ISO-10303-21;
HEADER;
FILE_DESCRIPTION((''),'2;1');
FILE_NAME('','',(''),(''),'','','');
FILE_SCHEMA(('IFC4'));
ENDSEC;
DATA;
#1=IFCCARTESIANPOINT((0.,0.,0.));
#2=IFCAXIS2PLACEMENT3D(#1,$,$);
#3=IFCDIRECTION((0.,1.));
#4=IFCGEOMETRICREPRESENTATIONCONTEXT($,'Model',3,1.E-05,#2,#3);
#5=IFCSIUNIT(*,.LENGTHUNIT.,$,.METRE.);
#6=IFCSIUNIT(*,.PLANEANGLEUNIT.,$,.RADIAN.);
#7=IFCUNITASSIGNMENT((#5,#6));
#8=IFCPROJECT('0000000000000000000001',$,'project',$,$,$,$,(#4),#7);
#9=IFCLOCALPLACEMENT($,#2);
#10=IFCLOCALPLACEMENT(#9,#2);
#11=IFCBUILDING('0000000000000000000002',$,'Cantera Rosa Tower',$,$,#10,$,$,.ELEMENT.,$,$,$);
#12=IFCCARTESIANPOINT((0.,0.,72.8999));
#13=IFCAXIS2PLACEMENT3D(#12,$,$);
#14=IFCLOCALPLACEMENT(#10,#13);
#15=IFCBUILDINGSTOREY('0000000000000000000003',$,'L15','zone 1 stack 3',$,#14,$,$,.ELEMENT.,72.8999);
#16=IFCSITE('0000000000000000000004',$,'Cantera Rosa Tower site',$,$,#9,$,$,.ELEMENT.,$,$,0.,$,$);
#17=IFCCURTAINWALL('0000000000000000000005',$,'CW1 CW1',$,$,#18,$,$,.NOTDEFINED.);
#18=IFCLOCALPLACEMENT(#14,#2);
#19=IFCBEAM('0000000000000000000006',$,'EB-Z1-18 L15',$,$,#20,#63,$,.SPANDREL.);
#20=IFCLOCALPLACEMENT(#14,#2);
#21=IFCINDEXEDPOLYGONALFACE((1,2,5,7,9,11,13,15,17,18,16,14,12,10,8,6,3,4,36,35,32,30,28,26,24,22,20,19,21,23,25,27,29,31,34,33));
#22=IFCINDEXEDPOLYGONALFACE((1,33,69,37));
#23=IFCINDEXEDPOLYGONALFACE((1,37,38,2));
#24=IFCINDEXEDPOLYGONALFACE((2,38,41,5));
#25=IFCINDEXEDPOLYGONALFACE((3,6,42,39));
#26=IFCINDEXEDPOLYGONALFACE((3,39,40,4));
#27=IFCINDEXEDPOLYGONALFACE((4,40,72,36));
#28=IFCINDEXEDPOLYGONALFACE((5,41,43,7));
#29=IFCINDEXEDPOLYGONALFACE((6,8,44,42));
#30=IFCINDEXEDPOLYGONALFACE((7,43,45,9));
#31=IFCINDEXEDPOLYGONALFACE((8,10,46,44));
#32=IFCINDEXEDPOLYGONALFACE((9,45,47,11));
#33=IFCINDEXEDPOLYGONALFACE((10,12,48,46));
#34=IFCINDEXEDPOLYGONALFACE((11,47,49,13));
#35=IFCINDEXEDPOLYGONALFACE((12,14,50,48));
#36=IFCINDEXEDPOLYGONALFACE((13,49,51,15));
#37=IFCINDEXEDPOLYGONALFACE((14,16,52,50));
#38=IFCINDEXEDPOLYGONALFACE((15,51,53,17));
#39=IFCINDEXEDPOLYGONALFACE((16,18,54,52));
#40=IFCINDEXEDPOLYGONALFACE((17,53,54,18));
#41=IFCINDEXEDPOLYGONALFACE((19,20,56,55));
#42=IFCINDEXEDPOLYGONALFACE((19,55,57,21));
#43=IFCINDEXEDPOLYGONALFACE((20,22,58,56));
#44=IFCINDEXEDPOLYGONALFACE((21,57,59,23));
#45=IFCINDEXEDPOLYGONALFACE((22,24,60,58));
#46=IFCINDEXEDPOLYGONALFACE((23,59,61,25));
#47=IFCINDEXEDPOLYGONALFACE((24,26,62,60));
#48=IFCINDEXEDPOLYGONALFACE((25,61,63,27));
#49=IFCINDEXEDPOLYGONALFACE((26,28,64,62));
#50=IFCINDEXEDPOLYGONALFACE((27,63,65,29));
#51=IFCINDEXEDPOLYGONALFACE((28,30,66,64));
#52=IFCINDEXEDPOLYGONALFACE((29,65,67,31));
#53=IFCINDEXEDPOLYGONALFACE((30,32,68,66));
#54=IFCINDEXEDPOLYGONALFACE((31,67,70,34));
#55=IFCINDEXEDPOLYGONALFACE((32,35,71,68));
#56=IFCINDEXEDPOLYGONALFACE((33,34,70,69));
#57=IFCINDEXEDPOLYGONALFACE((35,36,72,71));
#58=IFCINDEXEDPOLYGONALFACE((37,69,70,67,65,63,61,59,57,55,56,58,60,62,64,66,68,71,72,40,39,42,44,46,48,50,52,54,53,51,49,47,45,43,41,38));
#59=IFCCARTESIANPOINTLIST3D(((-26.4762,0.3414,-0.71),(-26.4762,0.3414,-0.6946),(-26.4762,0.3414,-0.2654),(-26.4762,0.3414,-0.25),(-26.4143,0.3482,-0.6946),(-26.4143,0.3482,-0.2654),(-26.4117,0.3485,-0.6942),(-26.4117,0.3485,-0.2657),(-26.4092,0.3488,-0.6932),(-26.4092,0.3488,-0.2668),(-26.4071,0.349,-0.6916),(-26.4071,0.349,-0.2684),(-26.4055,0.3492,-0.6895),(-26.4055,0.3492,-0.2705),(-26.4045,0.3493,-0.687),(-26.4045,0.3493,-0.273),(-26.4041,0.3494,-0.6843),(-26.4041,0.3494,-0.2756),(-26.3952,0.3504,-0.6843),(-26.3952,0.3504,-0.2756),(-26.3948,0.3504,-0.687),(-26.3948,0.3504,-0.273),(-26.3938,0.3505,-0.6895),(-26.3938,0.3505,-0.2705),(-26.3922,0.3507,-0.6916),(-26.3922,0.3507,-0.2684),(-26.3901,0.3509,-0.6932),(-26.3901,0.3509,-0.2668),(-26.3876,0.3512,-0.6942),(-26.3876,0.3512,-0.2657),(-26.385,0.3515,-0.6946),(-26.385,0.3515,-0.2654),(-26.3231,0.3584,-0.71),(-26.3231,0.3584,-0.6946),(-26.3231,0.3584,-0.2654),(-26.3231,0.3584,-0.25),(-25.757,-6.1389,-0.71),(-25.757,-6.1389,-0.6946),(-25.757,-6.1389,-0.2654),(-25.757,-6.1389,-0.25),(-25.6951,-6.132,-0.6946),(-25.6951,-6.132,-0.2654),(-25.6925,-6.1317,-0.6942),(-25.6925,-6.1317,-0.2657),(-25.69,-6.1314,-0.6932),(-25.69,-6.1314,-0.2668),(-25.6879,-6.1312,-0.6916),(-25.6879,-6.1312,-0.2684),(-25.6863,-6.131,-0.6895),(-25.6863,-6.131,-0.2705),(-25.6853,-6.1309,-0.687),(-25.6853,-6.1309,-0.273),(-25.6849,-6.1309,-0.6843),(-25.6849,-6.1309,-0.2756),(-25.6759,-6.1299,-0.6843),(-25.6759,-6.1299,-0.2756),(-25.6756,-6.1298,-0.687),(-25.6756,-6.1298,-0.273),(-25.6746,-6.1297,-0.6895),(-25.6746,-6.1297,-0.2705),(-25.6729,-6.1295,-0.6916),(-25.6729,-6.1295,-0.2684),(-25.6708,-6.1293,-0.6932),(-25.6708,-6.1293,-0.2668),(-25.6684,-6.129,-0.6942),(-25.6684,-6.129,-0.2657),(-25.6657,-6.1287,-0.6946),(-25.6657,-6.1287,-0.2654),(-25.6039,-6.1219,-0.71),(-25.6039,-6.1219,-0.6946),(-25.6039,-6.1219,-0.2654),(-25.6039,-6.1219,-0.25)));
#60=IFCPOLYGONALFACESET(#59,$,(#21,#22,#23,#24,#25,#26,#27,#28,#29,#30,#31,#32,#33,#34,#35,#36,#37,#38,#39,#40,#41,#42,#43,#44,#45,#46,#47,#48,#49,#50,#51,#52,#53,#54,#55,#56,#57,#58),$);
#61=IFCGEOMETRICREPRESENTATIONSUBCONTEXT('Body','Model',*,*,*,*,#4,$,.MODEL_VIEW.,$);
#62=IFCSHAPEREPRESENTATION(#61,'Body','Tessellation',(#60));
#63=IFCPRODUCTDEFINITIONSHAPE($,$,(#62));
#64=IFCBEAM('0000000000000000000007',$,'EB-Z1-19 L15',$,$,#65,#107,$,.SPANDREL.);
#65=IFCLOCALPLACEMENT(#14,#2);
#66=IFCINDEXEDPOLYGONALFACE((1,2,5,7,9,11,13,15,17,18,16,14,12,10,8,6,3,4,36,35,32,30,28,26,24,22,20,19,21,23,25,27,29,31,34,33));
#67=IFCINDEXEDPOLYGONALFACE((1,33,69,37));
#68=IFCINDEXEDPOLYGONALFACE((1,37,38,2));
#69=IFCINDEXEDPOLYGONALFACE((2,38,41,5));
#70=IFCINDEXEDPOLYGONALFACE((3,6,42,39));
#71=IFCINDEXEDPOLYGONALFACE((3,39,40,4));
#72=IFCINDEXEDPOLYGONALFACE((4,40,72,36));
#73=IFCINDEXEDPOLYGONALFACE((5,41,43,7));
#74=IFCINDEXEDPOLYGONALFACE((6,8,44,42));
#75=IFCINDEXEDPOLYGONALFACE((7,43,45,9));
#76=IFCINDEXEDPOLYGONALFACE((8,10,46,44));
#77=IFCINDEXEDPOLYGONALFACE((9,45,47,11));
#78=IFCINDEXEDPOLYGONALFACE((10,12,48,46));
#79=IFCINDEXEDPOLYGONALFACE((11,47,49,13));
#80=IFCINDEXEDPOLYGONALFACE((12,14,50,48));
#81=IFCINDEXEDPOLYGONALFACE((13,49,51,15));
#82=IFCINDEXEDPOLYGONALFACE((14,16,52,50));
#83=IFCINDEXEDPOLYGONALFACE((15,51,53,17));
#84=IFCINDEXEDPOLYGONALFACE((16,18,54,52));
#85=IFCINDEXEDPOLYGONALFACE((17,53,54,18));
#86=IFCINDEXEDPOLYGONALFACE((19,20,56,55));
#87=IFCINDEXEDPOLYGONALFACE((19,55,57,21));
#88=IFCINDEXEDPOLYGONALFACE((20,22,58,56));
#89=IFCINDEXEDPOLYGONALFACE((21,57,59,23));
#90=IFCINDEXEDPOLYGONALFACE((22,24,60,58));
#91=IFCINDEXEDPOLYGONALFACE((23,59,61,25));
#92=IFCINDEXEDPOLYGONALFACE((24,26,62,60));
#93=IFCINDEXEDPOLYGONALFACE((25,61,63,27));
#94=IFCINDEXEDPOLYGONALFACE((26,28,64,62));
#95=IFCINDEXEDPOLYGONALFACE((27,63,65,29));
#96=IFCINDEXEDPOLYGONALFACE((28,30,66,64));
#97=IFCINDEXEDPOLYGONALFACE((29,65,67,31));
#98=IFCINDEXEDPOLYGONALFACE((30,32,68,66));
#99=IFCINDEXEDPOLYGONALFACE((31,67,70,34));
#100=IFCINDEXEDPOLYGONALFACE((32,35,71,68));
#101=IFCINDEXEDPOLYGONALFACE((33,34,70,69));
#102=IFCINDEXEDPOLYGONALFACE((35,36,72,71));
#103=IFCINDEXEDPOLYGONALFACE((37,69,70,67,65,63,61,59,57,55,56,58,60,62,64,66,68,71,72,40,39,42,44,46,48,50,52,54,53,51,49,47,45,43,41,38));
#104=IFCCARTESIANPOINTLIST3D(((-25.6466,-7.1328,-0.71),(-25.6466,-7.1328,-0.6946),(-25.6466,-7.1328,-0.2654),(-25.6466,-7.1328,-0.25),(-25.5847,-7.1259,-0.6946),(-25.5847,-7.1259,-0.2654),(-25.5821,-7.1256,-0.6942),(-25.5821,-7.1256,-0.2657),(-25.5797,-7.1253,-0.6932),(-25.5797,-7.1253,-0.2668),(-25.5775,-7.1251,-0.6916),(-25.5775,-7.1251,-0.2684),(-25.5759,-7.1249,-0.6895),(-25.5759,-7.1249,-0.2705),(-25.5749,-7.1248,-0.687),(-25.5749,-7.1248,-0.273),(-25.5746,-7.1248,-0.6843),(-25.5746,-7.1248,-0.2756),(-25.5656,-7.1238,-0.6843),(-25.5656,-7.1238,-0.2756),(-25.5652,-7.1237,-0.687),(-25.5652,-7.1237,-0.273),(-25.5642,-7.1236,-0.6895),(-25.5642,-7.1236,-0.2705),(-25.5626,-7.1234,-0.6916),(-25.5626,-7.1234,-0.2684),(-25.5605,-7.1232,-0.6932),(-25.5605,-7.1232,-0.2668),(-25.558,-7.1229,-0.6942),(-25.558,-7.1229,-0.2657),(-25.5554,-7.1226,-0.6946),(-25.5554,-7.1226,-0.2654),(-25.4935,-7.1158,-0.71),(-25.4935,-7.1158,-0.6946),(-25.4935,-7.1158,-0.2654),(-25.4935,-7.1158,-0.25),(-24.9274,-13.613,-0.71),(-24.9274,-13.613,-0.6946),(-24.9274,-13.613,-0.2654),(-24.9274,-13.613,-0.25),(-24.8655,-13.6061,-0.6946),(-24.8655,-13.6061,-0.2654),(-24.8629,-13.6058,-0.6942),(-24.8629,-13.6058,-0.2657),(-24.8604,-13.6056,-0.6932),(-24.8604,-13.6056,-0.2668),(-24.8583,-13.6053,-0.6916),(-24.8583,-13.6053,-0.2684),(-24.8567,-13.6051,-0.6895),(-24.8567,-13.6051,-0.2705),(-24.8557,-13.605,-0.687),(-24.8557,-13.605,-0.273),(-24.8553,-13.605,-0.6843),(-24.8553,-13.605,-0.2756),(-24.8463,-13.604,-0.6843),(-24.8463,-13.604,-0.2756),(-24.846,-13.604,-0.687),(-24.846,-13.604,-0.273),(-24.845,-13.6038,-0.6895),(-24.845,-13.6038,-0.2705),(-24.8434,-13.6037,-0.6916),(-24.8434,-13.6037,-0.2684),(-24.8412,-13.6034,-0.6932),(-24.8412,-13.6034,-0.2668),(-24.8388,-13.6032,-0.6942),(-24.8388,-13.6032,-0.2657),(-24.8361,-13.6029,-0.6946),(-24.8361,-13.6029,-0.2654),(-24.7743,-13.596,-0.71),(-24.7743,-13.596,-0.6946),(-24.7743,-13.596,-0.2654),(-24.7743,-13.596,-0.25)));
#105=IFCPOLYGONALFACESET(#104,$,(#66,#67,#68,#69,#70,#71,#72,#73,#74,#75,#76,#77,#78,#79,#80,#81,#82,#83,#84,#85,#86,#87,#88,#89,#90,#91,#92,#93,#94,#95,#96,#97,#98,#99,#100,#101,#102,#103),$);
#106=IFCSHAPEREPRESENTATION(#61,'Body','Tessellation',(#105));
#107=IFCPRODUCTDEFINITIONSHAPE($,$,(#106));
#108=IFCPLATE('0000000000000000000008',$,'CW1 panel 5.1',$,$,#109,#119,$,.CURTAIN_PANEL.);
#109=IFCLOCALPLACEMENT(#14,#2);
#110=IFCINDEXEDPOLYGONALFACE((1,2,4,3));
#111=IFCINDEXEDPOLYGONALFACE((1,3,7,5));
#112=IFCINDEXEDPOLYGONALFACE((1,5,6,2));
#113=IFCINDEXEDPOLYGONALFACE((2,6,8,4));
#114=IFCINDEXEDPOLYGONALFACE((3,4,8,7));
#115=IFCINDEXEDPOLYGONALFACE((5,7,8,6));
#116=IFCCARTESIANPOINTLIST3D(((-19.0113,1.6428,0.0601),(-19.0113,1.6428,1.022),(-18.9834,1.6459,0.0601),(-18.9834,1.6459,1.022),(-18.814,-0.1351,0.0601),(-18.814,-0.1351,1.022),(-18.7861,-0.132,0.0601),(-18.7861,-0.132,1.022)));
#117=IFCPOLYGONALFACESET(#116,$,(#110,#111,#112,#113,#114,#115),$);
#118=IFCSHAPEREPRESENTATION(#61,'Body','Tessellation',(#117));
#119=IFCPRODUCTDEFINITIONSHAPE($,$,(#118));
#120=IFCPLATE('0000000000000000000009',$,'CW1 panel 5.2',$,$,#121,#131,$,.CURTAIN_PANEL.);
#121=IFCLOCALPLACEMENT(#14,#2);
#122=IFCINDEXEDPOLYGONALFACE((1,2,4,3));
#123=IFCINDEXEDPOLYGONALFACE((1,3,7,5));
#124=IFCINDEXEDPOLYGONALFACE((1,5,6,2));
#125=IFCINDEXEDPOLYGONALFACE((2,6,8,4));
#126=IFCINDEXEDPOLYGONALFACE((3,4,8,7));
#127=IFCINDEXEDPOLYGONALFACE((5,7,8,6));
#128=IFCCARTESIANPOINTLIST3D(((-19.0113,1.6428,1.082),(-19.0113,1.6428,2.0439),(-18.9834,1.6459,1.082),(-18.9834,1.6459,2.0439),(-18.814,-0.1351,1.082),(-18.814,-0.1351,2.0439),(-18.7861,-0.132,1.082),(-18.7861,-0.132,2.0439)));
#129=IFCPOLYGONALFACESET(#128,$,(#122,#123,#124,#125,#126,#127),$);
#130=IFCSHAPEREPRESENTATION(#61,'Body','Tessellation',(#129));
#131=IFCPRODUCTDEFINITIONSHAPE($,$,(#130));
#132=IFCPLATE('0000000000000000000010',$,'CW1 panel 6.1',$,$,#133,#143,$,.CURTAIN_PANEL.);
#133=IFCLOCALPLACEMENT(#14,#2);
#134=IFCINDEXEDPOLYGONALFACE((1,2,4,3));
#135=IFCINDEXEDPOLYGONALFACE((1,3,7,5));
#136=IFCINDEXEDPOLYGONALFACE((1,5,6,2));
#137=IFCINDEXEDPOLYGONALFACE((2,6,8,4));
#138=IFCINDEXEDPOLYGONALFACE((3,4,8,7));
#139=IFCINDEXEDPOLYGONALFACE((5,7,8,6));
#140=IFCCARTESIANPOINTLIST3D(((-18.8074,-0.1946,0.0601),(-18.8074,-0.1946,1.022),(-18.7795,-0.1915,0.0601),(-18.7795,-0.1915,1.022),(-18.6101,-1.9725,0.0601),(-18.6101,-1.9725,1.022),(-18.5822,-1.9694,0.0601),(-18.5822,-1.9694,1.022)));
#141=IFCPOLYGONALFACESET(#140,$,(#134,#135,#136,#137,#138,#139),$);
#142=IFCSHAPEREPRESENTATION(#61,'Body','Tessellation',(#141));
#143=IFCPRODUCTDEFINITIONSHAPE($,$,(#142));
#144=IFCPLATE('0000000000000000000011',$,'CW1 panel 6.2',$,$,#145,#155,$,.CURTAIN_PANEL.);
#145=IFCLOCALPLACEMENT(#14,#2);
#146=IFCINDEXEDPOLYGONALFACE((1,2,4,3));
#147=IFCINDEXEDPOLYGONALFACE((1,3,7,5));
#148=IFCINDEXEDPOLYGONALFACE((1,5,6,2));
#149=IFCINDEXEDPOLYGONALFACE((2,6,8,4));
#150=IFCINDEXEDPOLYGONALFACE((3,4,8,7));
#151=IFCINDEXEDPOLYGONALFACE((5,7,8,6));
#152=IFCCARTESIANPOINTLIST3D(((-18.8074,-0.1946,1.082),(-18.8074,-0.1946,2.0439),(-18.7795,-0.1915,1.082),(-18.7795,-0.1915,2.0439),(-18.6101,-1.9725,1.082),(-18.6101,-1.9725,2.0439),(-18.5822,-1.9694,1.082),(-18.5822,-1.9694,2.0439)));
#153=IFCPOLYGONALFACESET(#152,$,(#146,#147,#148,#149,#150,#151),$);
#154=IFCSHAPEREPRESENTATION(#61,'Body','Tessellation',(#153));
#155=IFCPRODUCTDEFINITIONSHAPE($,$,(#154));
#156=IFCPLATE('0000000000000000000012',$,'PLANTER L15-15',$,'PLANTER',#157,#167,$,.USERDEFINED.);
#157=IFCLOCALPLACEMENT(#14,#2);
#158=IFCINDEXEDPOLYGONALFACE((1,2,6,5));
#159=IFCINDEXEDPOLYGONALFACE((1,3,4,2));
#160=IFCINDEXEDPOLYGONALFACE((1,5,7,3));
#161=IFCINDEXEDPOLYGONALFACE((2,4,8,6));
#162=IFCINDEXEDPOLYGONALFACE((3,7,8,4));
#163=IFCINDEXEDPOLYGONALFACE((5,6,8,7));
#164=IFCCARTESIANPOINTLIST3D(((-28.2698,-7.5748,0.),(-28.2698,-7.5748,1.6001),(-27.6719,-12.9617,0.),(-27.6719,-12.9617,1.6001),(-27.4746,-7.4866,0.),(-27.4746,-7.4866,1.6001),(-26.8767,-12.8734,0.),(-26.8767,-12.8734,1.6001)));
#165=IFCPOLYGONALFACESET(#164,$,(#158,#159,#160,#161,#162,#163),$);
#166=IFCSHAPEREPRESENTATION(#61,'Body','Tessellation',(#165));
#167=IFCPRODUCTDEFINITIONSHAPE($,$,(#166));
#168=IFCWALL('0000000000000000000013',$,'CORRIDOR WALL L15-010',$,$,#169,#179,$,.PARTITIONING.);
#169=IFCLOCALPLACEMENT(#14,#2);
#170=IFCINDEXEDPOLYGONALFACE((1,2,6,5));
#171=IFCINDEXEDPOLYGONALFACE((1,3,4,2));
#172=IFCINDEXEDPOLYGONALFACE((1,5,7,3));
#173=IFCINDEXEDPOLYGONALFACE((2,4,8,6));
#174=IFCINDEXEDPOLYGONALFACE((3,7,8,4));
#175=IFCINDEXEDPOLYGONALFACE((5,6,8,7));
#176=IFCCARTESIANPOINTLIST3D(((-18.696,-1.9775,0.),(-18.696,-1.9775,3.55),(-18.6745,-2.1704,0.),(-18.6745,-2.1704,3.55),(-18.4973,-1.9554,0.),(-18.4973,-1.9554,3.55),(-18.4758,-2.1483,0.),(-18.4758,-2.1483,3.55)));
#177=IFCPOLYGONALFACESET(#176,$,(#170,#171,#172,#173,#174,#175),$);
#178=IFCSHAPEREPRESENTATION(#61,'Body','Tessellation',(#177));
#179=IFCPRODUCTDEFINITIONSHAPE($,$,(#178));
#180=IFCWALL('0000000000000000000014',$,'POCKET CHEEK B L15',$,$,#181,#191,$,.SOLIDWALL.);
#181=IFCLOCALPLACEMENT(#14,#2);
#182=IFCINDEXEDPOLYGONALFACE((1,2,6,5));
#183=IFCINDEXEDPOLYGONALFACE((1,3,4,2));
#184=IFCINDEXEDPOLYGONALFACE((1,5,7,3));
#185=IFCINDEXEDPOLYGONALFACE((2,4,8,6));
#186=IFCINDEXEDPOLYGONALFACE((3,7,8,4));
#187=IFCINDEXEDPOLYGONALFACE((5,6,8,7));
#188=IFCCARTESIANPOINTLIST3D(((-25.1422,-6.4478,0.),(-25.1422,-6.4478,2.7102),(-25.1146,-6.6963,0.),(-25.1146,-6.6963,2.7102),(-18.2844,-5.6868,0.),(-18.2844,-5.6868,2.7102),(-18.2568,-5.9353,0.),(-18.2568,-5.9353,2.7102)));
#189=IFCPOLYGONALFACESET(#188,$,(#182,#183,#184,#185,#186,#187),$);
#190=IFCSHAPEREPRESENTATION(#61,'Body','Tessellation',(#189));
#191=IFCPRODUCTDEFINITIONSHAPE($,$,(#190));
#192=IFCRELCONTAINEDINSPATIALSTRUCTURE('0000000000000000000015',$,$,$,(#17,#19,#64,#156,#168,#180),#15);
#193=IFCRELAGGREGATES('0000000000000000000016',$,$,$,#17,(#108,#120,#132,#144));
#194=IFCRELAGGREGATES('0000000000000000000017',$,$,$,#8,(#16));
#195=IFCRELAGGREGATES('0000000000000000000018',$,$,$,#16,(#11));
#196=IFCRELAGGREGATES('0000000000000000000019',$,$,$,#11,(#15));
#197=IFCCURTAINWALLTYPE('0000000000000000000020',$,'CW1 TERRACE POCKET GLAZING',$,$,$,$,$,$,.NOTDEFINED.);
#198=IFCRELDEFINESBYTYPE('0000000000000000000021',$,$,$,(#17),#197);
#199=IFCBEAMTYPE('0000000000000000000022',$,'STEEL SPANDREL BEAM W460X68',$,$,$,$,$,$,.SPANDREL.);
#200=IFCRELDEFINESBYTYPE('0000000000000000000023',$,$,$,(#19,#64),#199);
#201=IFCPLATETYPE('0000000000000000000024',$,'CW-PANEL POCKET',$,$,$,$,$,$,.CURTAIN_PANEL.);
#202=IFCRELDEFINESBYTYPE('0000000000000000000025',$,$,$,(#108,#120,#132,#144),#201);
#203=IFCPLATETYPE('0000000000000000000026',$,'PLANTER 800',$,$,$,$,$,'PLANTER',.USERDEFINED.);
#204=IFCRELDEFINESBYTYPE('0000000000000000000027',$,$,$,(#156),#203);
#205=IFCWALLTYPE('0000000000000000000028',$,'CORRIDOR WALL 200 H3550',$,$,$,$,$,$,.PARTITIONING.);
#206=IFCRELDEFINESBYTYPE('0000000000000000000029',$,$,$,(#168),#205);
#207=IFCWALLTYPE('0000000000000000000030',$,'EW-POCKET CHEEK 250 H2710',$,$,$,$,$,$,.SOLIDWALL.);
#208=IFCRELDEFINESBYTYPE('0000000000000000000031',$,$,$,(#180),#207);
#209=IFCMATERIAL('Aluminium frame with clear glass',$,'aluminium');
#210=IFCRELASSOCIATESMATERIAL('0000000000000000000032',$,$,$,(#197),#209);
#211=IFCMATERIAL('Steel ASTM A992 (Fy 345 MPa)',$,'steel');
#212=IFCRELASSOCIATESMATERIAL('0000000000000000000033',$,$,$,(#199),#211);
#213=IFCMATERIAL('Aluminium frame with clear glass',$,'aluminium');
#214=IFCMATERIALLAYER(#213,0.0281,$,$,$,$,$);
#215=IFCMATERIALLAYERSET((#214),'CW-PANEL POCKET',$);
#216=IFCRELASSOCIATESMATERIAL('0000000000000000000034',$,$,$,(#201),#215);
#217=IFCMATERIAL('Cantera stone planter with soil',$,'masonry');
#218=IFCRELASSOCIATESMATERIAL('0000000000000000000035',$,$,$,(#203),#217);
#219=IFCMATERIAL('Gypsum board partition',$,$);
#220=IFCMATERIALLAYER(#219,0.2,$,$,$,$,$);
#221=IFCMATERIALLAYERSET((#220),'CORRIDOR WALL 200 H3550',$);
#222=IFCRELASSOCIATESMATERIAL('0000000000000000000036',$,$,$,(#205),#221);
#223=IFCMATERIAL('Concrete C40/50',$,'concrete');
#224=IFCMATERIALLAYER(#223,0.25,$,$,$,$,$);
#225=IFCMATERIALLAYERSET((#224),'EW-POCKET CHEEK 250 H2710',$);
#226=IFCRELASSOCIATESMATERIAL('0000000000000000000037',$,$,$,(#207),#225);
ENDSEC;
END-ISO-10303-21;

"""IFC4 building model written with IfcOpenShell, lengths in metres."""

from ifc_helpers import new_model, si_unit, direction, frame, frame_2d, origin, origin_2d, place, context, subcontext, project, spatial, rectangle, i_section, extrude, material, layer, layer_set, material_profile, profile_set, type_object, element, aggregate, save


model = new_model("IFC4")

# Units and contexts
model_context = context("Model", 3, precision=1e-05, world=origin(), true_north=direction((0.0, 1.0)))
body_context = subcontext(model_context, "Body", "Model", "MODEL_VIEW")
ifc_project = project(units=[si_unit("LENGTHUNIT", "METRE"), si_unit("PLANEANGLEUNIT", "RADIAN")], contexts=[model_context])

# Site, building, storey
site_placement = place(None, origin())
site = spatial("IfcSite", under=ifc_project, at=site_placement, Name="Cantera Rosa Tower site", CompositionType="ELEMENT", RefElevation=0.0)
building_placement = place(site_placement, origin())
building = spatial("IfcBuilding", under=site, at=building_placement, Name="Cantera Rosa Tower", CompositionType="ELEMENT")
storey_placement = place(building_placement, frame((0.0, 0.0, 72.8999)))
storey = spatial("IfcBuildingStorey", under=building, at=storey_placement, Name="L15", Description="zone 1 stack 3", CompositionType="ELEMENT", Elevation=72.8999)

# Curtain wall
ifc_material_1 = material(Name="Aluminium frame with clear glass", Category="aluminium")
curtain_wall_type = type_object("IfcCurtainWallType", Name="CW1 TERRACE POCKET GLAZING", PredefinedType="NOTDEFINED", material=ifc_material_1)
curtain_wall_placement = place(storey_placement, origin())
curtain_wall = element("IfcCurtainWall", 1, at=curtain_wall_placement, inside=storey, type_object=curtain_wall_type, Name="CW1 CW1", PredefinedType="NOTDEFINED")

# Beams
ifc_material_2 = material(Name="Steel ASTM A992 (Fy 345 MPa)", Category="steel")
ifc_material_profile_1 = material_profile(ifc_material_2, i_section(OverallWidth=0.1541, OverallDepth=0.46, WebThickness=0.009, FlangeThickness=0.0154, FilletRadius=0.0103, at=origin_2d()), Name="W460X68")
ifc_profile_set_1 = profile_set([ifc_material_profile_1], Name="Steel ASTM A992 (Fy 345 MPa)")
beam_type_1 = type_object("IfcBeamType", Name="STEEL SPANDREL BEAM W460X68", PredefinedType="SPANDREL", material=ifc_profile_set_1)
for number, where, z_axis, x_axis, name in (
    (2, (-26.3997, 0.3499, -0.48), (0.110312, -0.993897, 0.0), (0.993897, 0.110312, 0.0), "EB-Z1-18 L15"),
    (3, (-25.5701, -7.1243, -0.48), (0.110312, -0.993897, 0.0), (0.993897, 0.110312, 0.0), "EB-Z1-19 L15"),
):
    element("IfcBeam", number, at=place(storey_placement, frame(where, z_axis=z_axis, x_axis=x_axis)), inside=storey, type_object=beam_type_1, Name=name, PredefinedType="SPANDREL", context=body_context, shape_type="SweptSolid", body=[
        extrude(i_section(OverallWidth=0.1541, OverallDepth=0.46, WebThickness=0.009, FlangeThickness=0.0154, FilletRadius=0.0103, at=origin_2d()), origin(), (0.0, 0.0, 1.0), 6.52),
    ])

# Plates
ifc_material_3 = material(Name="Aluminium frame with clear glass", Category="aluminium")
ifc_layer_1 = layer(ifc_material_3, 0.0281)
ifc_layer_set_1 = layer_set([ifc_layer_1], Name="CW-PANEL POCKET")
plate_type_1 = type_object("IfcPlateType", Name="CW-PANEL POCKET", PredefinedType="CURTAIN_PANEL", material=ifc_layer_set_1)
plate_1_placement = place(storey_placement, frame((-18.8987, 0.7554, 0.0601), z_axis=(0.0, 0.0, 1.0), x_axis=(0.110313, -0.993897, 0.0)))
plate_1 = element("IfcPlate", 4, at=plate_1_placement, type_object=plate_type_1, Name="CW1 panel 5.1", PredefinedType="CURTAIN_PANEL", context=body_context, shape_type="SweptSolid", body=[
    extrude(rectangle(XDim=1.7888, YDim=0.0281, at=origin_2d()), origin(), (0.0, 0.0, 1.0), 0.9619),
])
plate_2_placement = place(storey_placement, frame((-18.8987, 0.7554, 1.082), z_axis=(0.0, 0.0, 1.0), x_axis=(0.110313, -0.993897, 0.0)))
plate_2 = element("IfcPlate", 5, at=plate_2_placement, type_object=plate_type_1, Name="CW1 panel 5.2", PredefinedType="CURTAIN_PANEL", context=body_context, shape_type="SweptSolid", body=[
    extrude(rectangle(XDim=1.7888, YDim=0.0281, at=origin_2d()), origin(), (0.0, 0.0, 1.0), 0.9619),
])
plate_3_placement = place(storey_placement, frame((-18.6948, -1.082, 0.0601), z_axis=(0.0, 0.0, 1.0), x_axis=(0.110313, -0.993897, 0.0)))
plate_3 = element("IfcPlate", 6, at=plate_3_placement, type_object=plate_type_1, Name="CW1 panel 6.1", PredefinedType="CURTAIN_PANEL", context=body_context, shape_type="SweptSolid", body=[
    extrude(rectangle(XDim=1.7888, YDim=0.0281, at=origin_2d()), origin(), (0.0, 0.0, 1.0), 0.9619),
])
plate_4_placement = place(storey_placement, frame((-18.6948, -1.082, 1.082), z_axis=(0.0, 0.0, 1.0), x_axis=(0.110313, -0.993897, 0.0)))
plate_4 = element("IfcPlate", 7, at=plate_4_placement, type_object=plate_type_1, Name="CW1 panel 6.2", PredefinedType="CURTAIN_PANEL", context=body_context, shape_type="SweptSolid", body=[
    extrude(rectangle(XDim=1.7888, YDim=0.0281, at=origin_2d()), origin(), (0.0, 0.0, 1.0), 0.9619),
])
aggregate(curtain_wall, [plate_1, plate_2, plate_3, plate_4])
ifc_material_4 = material(Name="Cantera stone planter with soil", Category="masonry")
plate_type_2 = type_object("IfcPlateType", Name="PLANTER 800", ElementType="PLANTER", PredefinedType="USERDEFINED", material=ifc_material_4)
plate_5_placement = place(storey_placement, frame((-27.5732, -10.2241, 0.0), z_axis=(0.0, 0.0, 1.0), x_axis=(0.110313, -0.993897, 0.0)))
element("IfcPlate", 8, at=plate_5_placement, inside=storey, type_object=plate_type_2, Name="PLANTER L15-15", ObjectType="PLANTER", PredefinedType="USERDEFINED", context=body_context, shape_type="SweptSolid", body=[
    extrude(rectangle(XDim=5.4199, YDim=0.8, at=origin_2d()), origin(), (0.0, 0.0, 1.0), 1.6001),
])

# Wall
ifc_material_5 = material(Name="Gypsum board partition")
ifc_layer_2 = layer(ifc_material_5, 0.2)
ifc_layer_set_2 = layer_set([ifc_layer_2], Name="CORRIDOR WALL 200 H3550")
wall_type_1 = type_object("IfcWallType", Name="CORRIDOR WALL 200 H3550", PredefinedType="PARTITIONING", material=ifc_layer_set_2)
wall_1_placement = place(storey_placement, frame((-18.5967, -1.9663, 0.0), z_axis=(0.0, 0.0, 1.0), x_axis=(0.110708, -0.993853, 0.0)))
element("IfcWall", 9, at=wall_1_placement, inside=storey, type_object=wall_type_1, Name="CORRIDOR WALL L15-010", PredefinedType="PARTITIONING", context=body_context, shape_type="SweptSolid", body=[
    extrude(rectangle(XDim=0.1941, YDim=0.2, at=frame_2d((0.0972, 0.0))), origin(), (0.0, 0.0, 1.0), 3.55),
])

# Wall
ifc_material_6 = material(Name="Concrete C40/50", Category="concrete")
ifc_layer_3 = layer(ifc_material_6, 0.25)
ifc_layer_set_3 = layer_set([ifc_layer_3], Name="EW-POCKET CHEEK 250 H2710")
wall_type_2 = type_object("IfcWallType", Name="EW-POCKET CHEEK 250 H2710", PredefinedType="SOLIDWALL", material=ifc_layer_set_3)
wall_2_placement = place(storey_placement, frame((-25.1284, -6.572, 0.0), z_axis=(0.0, 0.0, 1.0), x_axis=(0.9939, 0.110288, 0.0)))
element("IfcWall", 10, at=wall_2_placement, inside=storey, type_object=wall_type_2, Name="POCKET CHEEK B L15", PredefinedType="SOLIDWALL", context=body_context, shape_type="SweptSolid", body=[
    extrude(rectangle(XDim=6.8999, YDim=0.25, at=frame_2d((3.45, 0.0))), origin(), (0.0, 0.0, 1.0), 2.7102),
])

save(model, "model.ifc")
